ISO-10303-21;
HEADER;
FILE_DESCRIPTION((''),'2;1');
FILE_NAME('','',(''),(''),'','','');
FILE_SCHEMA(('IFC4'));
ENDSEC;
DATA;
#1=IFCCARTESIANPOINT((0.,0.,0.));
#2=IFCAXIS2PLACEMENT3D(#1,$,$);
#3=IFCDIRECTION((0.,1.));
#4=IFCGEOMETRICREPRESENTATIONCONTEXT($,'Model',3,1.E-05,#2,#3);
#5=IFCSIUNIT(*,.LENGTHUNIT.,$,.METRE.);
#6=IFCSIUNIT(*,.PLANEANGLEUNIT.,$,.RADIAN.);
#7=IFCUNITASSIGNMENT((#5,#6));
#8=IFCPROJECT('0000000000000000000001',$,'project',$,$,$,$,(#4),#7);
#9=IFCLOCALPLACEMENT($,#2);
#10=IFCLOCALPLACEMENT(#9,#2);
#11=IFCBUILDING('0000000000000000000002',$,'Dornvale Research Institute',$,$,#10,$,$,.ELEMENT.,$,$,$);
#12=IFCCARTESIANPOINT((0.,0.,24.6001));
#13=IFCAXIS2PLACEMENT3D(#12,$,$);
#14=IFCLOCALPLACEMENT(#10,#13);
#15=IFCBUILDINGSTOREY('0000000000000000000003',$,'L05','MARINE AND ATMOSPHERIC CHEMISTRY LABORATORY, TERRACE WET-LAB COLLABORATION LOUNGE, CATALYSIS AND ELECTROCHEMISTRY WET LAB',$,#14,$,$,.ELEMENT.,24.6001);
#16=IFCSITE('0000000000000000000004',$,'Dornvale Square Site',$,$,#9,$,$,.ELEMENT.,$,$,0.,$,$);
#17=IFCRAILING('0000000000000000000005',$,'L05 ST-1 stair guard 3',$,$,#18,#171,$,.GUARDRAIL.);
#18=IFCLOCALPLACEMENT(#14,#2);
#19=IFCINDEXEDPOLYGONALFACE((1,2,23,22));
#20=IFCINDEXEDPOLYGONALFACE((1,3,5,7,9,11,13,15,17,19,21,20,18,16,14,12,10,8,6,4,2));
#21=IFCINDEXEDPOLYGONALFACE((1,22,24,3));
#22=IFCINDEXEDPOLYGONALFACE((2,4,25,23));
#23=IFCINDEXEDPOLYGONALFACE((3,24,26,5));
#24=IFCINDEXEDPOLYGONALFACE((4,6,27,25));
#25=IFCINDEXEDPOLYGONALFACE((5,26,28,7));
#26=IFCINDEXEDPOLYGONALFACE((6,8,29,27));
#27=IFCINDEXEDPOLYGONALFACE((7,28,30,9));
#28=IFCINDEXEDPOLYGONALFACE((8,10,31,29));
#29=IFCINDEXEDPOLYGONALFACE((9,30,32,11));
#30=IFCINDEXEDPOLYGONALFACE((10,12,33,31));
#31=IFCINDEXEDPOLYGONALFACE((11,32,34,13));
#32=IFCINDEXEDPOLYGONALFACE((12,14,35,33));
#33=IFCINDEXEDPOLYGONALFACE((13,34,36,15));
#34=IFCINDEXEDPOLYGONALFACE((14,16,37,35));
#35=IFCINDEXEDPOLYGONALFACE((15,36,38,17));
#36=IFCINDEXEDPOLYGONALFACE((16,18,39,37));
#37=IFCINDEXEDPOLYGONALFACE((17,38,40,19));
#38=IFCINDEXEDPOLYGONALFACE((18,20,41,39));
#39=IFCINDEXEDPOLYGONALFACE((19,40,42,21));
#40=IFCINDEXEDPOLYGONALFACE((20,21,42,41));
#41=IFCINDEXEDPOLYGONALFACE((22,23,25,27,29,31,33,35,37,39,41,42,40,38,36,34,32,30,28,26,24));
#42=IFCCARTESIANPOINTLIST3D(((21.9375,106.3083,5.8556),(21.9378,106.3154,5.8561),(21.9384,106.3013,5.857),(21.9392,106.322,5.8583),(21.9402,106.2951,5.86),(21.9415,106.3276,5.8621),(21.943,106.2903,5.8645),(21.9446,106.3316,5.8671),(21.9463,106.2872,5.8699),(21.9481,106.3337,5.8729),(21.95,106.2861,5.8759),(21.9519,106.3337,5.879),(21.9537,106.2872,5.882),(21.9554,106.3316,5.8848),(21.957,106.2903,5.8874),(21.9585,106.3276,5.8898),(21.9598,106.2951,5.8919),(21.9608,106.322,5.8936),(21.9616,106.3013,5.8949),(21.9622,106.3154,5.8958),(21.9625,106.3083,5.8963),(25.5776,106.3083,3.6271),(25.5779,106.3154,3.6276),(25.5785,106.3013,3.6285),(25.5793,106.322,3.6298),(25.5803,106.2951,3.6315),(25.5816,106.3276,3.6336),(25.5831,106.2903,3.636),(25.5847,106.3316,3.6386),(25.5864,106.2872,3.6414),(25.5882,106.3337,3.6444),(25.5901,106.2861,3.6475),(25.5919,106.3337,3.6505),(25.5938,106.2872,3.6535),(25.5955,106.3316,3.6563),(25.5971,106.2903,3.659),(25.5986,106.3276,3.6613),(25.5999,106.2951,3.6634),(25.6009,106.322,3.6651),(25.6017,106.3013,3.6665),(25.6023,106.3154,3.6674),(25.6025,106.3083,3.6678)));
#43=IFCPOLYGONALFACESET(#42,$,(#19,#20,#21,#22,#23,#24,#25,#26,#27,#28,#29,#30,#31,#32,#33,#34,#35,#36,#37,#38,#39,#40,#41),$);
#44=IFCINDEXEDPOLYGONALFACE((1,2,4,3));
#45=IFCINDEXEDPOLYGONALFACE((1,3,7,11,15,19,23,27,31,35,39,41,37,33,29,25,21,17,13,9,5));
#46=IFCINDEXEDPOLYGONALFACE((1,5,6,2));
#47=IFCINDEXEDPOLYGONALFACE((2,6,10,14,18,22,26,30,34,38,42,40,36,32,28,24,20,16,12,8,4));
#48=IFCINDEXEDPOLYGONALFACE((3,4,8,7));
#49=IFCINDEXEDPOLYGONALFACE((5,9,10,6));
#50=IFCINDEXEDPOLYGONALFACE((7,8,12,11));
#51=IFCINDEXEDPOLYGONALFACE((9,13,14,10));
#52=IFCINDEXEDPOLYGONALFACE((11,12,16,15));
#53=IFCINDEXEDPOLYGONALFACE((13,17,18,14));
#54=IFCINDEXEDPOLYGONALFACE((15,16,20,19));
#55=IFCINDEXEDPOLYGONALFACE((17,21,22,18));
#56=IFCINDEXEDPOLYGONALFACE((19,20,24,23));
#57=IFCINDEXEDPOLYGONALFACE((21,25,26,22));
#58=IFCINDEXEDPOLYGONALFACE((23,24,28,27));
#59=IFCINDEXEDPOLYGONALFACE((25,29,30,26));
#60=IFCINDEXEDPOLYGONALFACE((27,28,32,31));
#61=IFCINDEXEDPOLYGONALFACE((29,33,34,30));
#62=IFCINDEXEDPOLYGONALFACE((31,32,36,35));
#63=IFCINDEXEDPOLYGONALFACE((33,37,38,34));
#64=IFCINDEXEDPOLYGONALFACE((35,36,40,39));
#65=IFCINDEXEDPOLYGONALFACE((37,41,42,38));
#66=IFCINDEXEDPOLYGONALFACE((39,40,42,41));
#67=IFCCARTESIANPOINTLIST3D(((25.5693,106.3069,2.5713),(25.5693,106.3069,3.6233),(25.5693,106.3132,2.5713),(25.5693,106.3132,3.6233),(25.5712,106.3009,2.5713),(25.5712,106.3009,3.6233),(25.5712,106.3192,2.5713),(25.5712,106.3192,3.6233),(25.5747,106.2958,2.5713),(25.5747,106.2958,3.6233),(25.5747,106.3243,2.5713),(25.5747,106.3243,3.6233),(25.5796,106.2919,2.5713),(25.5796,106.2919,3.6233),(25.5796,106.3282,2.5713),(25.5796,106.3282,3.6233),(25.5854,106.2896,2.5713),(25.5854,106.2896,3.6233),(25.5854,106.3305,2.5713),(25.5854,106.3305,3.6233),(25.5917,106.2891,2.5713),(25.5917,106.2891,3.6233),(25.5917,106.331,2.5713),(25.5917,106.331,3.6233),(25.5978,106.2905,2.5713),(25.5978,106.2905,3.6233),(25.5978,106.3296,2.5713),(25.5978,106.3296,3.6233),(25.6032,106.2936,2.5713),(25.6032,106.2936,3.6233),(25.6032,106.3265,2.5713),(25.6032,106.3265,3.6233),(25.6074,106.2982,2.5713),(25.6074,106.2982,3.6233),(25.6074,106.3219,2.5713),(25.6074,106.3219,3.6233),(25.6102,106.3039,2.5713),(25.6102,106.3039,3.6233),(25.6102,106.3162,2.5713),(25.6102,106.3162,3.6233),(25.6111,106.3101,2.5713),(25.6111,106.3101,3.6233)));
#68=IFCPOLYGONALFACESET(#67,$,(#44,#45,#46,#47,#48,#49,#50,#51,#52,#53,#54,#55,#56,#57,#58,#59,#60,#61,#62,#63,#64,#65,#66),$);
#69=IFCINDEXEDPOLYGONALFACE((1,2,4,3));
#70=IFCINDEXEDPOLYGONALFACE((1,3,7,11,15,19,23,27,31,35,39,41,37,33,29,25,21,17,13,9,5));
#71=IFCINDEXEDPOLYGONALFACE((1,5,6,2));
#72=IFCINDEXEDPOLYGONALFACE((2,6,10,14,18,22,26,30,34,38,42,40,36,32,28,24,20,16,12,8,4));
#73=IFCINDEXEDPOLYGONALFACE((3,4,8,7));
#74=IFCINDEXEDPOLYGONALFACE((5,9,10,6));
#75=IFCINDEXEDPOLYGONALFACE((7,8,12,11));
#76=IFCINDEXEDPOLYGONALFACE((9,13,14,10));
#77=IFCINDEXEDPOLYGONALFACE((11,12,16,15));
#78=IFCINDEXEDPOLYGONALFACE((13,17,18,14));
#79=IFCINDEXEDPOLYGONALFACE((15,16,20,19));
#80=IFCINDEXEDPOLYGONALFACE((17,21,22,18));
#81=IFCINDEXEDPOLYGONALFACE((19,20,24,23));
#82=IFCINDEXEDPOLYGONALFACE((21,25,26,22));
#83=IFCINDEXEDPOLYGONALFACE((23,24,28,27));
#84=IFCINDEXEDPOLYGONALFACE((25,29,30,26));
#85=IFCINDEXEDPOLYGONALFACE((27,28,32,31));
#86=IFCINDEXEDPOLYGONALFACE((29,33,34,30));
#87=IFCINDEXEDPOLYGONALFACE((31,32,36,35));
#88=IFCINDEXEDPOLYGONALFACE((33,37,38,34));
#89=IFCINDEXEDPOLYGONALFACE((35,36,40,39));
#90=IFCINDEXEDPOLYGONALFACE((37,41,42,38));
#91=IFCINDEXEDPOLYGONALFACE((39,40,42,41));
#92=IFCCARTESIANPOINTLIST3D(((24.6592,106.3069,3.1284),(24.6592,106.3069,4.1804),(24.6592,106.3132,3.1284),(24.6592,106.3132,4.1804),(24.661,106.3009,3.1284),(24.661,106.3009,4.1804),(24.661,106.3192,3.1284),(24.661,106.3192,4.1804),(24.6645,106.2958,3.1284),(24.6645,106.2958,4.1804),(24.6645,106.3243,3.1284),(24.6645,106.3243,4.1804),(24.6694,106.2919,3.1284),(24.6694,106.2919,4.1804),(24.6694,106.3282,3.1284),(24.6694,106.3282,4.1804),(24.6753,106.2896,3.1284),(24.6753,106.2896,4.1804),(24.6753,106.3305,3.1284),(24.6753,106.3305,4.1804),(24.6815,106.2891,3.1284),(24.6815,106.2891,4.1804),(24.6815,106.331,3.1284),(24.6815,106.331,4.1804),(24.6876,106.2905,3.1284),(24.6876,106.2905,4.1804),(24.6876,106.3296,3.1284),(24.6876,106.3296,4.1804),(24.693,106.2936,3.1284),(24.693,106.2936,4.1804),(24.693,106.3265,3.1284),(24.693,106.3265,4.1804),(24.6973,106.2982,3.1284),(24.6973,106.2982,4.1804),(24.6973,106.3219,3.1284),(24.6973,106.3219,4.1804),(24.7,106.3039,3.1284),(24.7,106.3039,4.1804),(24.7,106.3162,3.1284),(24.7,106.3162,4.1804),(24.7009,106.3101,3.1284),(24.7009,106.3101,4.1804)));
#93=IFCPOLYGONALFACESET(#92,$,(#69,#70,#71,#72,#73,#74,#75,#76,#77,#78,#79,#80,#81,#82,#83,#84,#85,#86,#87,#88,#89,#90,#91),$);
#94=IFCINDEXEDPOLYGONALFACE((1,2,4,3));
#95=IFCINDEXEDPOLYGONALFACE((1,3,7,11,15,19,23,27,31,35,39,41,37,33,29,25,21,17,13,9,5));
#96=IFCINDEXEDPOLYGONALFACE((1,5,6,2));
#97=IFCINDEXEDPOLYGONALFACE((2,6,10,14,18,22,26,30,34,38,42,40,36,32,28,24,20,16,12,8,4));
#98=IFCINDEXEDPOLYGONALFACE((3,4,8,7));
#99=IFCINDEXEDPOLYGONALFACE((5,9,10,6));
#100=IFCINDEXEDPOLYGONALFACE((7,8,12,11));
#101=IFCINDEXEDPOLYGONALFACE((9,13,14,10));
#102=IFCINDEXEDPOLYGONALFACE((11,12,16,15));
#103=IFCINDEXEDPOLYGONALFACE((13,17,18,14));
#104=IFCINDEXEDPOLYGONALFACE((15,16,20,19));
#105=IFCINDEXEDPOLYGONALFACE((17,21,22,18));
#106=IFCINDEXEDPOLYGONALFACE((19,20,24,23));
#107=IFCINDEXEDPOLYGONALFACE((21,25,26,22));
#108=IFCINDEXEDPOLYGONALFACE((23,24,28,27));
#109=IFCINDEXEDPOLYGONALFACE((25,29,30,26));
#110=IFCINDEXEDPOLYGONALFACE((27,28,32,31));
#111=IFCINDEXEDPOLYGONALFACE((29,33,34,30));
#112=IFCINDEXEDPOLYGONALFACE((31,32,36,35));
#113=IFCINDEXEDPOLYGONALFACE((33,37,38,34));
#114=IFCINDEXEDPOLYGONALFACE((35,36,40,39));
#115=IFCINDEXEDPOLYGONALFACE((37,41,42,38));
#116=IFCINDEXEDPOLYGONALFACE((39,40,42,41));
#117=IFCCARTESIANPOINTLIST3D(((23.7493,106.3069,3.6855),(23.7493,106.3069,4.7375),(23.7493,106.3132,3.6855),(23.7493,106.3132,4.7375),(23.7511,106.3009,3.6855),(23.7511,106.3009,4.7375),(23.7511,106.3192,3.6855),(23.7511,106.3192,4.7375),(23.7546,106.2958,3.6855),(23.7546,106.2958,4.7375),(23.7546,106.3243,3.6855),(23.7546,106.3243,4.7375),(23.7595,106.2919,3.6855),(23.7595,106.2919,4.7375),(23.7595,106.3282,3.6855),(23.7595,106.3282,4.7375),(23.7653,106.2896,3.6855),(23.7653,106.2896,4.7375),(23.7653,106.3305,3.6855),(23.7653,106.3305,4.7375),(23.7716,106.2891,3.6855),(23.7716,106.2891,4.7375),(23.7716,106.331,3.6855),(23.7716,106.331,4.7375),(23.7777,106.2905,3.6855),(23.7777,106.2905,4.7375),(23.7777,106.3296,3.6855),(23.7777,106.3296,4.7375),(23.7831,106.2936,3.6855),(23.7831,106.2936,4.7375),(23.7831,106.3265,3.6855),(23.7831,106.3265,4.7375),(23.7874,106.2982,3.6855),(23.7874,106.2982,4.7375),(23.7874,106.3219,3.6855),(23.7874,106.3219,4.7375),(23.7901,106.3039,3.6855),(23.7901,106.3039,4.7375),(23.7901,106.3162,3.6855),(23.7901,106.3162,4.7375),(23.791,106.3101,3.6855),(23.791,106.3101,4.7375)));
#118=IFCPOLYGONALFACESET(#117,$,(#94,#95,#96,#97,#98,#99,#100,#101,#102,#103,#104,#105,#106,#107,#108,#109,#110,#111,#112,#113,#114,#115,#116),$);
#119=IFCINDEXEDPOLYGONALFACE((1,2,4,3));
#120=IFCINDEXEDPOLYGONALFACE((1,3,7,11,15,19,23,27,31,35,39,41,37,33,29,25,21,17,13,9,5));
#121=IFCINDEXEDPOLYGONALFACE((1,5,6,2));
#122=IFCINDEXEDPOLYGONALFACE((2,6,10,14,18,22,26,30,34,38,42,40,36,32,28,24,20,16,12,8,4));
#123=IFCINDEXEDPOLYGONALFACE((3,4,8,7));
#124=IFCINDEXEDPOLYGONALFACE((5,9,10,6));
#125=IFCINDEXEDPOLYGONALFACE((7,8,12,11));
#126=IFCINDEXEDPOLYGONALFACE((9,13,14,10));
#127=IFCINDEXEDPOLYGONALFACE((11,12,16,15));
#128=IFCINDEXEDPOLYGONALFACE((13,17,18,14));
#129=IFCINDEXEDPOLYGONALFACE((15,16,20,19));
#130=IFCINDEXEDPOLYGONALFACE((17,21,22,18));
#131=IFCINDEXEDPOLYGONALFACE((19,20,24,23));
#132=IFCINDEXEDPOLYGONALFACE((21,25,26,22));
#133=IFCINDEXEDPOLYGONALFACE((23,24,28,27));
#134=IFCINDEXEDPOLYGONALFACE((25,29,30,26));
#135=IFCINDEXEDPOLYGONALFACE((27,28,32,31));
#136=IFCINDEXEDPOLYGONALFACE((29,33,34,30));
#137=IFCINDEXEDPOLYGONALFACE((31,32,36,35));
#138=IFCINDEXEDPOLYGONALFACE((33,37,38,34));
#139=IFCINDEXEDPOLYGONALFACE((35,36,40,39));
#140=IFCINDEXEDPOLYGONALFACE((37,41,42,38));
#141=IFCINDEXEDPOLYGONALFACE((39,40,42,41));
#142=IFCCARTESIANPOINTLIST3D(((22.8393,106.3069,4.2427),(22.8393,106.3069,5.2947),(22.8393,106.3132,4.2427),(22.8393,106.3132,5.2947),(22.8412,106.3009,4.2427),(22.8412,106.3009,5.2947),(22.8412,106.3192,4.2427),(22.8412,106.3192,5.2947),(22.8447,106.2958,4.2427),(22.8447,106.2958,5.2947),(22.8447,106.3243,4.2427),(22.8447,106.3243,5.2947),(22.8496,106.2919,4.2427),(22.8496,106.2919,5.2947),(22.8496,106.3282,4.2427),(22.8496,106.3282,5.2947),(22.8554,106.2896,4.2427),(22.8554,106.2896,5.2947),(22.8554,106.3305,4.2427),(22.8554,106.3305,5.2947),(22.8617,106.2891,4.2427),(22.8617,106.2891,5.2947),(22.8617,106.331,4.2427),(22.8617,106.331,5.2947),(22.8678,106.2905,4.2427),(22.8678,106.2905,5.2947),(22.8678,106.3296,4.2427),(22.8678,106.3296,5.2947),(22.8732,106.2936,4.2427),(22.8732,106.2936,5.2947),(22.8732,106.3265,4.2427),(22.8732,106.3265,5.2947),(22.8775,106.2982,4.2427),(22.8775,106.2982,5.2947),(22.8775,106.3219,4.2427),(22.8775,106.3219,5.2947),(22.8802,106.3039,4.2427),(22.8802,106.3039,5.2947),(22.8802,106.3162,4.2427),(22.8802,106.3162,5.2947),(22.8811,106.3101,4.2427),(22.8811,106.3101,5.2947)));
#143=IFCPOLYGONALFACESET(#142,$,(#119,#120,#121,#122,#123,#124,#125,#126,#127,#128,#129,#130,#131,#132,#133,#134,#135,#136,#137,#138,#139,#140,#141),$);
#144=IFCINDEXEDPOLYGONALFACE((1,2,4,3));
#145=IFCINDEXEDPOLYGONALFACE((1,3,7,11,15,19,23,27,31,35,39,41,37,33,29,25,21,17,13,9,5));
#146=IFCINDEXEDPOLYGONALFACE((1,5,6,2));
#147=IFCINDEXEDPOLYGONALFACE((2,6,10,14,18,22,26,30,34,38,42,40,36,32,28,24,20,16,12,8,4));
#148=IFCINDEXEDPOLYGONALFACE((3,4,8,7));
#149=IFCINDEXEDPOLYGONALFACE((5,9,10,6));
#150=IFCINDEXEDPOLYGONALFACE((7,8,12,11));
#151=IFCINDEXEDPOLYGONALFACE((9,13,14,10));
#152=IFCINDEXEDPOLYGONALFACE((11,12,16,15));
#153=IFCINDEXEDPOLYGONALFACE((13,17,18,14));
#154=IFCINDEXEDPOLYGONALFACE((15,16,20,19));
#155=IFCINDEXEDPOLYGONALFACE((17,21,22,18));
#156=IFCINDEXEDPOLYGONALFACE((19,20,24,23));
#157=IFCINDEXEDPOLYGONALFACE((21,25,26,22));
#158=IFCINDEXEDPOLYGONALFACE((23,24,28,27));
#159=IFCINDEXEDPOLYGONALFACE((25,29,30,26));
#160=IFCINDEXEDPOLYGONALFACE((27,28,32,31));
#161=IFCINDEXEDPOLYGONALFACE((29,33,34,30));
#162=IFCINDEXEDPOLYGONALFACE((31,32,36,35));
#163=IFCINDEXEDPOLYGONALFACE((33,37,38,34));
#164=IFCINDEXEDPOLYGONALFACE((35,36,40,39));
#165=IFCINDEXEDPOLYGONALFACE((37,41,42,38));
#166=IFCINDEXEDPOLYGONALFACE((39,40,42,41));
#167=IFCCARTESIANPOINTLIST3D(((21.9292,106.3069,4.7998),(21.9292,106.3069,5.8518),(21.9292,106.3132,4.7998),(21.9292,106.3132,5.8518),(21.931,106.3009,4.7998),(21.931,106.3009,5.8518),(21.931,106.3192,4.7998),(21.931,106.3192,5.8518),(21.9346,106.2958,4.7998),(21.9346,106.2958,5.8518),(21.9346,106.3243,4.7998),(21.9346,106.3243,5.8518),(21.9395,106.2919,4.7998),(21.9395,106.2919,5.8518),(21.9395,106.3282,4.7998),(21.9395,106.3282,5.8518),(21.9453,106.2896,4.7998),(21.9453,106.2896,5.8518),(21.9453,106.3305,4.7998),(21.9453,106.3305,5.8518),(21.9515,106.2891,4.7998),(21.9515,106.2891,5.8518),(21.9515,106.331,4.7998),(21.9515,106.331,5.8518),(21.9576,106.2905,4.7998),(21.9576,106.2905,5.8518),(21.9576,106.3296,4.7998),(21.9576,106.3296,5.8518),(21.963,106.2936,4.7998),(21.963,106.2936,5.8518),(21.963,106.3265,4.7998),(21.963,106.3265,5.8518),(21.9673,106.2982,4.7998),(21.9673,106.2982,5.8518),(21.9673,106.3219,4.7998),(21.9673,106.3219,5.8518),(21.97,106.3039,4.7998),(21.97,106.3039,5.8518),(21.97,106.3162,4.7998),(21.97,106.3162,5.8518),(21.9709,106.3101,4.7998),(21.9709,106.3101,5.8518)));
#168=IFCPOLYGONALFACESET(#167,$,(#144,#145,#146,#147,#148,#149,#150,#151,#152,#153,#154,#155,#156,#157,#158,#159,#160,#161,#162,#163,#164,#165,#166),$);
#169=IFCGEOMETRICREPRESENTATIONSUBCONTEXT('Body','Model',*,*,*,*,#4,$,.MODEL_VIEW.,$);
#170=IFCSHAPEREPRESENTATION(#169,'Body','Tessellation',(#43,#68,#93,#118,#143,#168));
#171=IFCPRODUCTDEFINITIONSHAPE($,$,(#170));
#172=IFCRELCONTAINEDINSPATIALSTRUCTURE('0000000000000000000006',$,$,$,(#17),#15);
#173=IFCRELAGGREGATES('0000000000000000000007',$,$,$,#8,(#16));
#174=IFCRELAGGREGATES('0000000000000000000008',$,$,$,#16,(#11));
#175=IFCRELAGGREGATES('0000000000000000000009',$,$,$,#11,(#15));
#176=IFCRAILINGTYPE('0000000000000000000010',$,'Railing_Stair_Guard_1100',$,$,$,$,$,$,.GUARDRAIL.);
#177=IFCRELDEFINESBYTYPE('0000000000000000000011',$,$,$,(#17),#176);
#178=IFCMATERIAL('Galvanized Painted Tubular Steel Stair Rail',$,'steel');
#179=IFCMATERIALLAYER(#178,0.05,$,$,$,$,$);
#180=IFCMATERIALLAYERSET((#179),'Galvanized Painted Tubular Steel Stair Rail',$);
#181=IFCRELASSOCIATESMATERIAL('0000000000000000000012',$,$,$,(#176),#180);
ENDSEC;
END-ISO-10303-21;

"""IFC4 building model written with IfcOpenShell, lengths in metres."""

from ifc_helpers import new_model, si_unit, direction, frame, origin, origin_2d, place, context, subcontext, project, spatial, circle, extrude, material, layer, layer_set, type_object, element, save


model = new_model("IFC4")

# Units and contexts
model_context = context("Model", 3, precision=1e-05, world=origin(), true_north=direction((0.0, 1.0)))
body_context = subcontext(model_context, "Body", "Model", "MODEL_VIEW")
ifc_project = project(units=[si_unit("LENGTHUNIT", "METRE"), si_unit("PLANEANGLEUNIT", "RADIAN")], contexts=[model_context])

# Site, building, storey
site_placement = place(None, origin())
site = spatial("IfcSite", under=ifc_project, at=site_placement, Name="Dornvale Square Site", CompositionType="ELEMENT", RefElevation=0.0)
building_placement = place(site_placement, origin())
building = spatial("IfcBuilding", under=site, at=building_placement, Name="Dornvale Research Institute", CompositionType="ELEMENT")
storey_placement = place(building_placement, frame((0.0, 0.0, 24.6001)))
storey = spatial("IfcBuildingStorey", under=building, at=storey_placement, Name="L05", Description="MARINE AND ATMOSPHERIC CHEMISTRY LABORATORY, TERRACE WET-LAB COLLABORATION LOUNGE, CATALYSIS AND ELECTROCHEMISTRY WET LAB", CompositionType="ELEMENT", Elevation=24.6001)

# Railing
ifc_material_1 = material(Name="Galvanized Painted Tubular Steel Stair Rail", Category="steel")
ifc_layer_1 = layer(ifc_material_1, 0.05)
ifc_layer_set_1 = layer_set([ifc_layer_1], Name="Galvanized Painted Tubular Steel Stair Rail")
railing_type_1 = type_object("IfcRailingType", Name="Railing_Stair_Guard_1100", PredefinedType="GUARDRAIL", material=ifc_layer_set_1)
railing_1_placement = place(storey_placement, frame((25.5901, 106.3101, 2.5713)))
element("IfcRailing", 1, at=railing_1_placement, inside=storey, type_object=railing_type_1, Name="L05 ST-1 stair guard 3", PredefinedType="GUARDRAIL", context=body_context, shape_type="SweptSolid", body=[
    extrude(circle(Radius=0.0239, at=origin_2d()), frame((0.0, 0.0, 1.0762), z_axis=(-0.852866, 0.0, 0.52213), x_axis=(0.0, -1.0, 0.0)), (0.0, 0.0, 1.0), 4.2681),
    extrude(circle(Radius=0.021, at=origin_2d()), origin(), (0.0, 0.0, 1.0), 1.052),
    extrude(circle(Radius=0.021, at=origin_2d()), frame((-0.9102, 0.0, 0.5571)), (0.0, 0.0, 1.0), 1.052),
    extrude(circle(Radius=0.021, at=origin_2d()), frame((-1.8201, 0.0, 1.1143)), (0.0, 0.0, 1.0), 1.052),
    extrude(circle(Radius=0.021, at=origin_2d()), frame((-2.73, 0.0, 1.6714)), (0.0, 0.0, 1.0), 1.052),
    extrude(circle(Radius=0.021, at=origin_2d()), frame((-3.6401, 0.0, 2.2285)), (0.0, 0.0, 1.0), 1.052),
])

save(model, "model.ifc")
